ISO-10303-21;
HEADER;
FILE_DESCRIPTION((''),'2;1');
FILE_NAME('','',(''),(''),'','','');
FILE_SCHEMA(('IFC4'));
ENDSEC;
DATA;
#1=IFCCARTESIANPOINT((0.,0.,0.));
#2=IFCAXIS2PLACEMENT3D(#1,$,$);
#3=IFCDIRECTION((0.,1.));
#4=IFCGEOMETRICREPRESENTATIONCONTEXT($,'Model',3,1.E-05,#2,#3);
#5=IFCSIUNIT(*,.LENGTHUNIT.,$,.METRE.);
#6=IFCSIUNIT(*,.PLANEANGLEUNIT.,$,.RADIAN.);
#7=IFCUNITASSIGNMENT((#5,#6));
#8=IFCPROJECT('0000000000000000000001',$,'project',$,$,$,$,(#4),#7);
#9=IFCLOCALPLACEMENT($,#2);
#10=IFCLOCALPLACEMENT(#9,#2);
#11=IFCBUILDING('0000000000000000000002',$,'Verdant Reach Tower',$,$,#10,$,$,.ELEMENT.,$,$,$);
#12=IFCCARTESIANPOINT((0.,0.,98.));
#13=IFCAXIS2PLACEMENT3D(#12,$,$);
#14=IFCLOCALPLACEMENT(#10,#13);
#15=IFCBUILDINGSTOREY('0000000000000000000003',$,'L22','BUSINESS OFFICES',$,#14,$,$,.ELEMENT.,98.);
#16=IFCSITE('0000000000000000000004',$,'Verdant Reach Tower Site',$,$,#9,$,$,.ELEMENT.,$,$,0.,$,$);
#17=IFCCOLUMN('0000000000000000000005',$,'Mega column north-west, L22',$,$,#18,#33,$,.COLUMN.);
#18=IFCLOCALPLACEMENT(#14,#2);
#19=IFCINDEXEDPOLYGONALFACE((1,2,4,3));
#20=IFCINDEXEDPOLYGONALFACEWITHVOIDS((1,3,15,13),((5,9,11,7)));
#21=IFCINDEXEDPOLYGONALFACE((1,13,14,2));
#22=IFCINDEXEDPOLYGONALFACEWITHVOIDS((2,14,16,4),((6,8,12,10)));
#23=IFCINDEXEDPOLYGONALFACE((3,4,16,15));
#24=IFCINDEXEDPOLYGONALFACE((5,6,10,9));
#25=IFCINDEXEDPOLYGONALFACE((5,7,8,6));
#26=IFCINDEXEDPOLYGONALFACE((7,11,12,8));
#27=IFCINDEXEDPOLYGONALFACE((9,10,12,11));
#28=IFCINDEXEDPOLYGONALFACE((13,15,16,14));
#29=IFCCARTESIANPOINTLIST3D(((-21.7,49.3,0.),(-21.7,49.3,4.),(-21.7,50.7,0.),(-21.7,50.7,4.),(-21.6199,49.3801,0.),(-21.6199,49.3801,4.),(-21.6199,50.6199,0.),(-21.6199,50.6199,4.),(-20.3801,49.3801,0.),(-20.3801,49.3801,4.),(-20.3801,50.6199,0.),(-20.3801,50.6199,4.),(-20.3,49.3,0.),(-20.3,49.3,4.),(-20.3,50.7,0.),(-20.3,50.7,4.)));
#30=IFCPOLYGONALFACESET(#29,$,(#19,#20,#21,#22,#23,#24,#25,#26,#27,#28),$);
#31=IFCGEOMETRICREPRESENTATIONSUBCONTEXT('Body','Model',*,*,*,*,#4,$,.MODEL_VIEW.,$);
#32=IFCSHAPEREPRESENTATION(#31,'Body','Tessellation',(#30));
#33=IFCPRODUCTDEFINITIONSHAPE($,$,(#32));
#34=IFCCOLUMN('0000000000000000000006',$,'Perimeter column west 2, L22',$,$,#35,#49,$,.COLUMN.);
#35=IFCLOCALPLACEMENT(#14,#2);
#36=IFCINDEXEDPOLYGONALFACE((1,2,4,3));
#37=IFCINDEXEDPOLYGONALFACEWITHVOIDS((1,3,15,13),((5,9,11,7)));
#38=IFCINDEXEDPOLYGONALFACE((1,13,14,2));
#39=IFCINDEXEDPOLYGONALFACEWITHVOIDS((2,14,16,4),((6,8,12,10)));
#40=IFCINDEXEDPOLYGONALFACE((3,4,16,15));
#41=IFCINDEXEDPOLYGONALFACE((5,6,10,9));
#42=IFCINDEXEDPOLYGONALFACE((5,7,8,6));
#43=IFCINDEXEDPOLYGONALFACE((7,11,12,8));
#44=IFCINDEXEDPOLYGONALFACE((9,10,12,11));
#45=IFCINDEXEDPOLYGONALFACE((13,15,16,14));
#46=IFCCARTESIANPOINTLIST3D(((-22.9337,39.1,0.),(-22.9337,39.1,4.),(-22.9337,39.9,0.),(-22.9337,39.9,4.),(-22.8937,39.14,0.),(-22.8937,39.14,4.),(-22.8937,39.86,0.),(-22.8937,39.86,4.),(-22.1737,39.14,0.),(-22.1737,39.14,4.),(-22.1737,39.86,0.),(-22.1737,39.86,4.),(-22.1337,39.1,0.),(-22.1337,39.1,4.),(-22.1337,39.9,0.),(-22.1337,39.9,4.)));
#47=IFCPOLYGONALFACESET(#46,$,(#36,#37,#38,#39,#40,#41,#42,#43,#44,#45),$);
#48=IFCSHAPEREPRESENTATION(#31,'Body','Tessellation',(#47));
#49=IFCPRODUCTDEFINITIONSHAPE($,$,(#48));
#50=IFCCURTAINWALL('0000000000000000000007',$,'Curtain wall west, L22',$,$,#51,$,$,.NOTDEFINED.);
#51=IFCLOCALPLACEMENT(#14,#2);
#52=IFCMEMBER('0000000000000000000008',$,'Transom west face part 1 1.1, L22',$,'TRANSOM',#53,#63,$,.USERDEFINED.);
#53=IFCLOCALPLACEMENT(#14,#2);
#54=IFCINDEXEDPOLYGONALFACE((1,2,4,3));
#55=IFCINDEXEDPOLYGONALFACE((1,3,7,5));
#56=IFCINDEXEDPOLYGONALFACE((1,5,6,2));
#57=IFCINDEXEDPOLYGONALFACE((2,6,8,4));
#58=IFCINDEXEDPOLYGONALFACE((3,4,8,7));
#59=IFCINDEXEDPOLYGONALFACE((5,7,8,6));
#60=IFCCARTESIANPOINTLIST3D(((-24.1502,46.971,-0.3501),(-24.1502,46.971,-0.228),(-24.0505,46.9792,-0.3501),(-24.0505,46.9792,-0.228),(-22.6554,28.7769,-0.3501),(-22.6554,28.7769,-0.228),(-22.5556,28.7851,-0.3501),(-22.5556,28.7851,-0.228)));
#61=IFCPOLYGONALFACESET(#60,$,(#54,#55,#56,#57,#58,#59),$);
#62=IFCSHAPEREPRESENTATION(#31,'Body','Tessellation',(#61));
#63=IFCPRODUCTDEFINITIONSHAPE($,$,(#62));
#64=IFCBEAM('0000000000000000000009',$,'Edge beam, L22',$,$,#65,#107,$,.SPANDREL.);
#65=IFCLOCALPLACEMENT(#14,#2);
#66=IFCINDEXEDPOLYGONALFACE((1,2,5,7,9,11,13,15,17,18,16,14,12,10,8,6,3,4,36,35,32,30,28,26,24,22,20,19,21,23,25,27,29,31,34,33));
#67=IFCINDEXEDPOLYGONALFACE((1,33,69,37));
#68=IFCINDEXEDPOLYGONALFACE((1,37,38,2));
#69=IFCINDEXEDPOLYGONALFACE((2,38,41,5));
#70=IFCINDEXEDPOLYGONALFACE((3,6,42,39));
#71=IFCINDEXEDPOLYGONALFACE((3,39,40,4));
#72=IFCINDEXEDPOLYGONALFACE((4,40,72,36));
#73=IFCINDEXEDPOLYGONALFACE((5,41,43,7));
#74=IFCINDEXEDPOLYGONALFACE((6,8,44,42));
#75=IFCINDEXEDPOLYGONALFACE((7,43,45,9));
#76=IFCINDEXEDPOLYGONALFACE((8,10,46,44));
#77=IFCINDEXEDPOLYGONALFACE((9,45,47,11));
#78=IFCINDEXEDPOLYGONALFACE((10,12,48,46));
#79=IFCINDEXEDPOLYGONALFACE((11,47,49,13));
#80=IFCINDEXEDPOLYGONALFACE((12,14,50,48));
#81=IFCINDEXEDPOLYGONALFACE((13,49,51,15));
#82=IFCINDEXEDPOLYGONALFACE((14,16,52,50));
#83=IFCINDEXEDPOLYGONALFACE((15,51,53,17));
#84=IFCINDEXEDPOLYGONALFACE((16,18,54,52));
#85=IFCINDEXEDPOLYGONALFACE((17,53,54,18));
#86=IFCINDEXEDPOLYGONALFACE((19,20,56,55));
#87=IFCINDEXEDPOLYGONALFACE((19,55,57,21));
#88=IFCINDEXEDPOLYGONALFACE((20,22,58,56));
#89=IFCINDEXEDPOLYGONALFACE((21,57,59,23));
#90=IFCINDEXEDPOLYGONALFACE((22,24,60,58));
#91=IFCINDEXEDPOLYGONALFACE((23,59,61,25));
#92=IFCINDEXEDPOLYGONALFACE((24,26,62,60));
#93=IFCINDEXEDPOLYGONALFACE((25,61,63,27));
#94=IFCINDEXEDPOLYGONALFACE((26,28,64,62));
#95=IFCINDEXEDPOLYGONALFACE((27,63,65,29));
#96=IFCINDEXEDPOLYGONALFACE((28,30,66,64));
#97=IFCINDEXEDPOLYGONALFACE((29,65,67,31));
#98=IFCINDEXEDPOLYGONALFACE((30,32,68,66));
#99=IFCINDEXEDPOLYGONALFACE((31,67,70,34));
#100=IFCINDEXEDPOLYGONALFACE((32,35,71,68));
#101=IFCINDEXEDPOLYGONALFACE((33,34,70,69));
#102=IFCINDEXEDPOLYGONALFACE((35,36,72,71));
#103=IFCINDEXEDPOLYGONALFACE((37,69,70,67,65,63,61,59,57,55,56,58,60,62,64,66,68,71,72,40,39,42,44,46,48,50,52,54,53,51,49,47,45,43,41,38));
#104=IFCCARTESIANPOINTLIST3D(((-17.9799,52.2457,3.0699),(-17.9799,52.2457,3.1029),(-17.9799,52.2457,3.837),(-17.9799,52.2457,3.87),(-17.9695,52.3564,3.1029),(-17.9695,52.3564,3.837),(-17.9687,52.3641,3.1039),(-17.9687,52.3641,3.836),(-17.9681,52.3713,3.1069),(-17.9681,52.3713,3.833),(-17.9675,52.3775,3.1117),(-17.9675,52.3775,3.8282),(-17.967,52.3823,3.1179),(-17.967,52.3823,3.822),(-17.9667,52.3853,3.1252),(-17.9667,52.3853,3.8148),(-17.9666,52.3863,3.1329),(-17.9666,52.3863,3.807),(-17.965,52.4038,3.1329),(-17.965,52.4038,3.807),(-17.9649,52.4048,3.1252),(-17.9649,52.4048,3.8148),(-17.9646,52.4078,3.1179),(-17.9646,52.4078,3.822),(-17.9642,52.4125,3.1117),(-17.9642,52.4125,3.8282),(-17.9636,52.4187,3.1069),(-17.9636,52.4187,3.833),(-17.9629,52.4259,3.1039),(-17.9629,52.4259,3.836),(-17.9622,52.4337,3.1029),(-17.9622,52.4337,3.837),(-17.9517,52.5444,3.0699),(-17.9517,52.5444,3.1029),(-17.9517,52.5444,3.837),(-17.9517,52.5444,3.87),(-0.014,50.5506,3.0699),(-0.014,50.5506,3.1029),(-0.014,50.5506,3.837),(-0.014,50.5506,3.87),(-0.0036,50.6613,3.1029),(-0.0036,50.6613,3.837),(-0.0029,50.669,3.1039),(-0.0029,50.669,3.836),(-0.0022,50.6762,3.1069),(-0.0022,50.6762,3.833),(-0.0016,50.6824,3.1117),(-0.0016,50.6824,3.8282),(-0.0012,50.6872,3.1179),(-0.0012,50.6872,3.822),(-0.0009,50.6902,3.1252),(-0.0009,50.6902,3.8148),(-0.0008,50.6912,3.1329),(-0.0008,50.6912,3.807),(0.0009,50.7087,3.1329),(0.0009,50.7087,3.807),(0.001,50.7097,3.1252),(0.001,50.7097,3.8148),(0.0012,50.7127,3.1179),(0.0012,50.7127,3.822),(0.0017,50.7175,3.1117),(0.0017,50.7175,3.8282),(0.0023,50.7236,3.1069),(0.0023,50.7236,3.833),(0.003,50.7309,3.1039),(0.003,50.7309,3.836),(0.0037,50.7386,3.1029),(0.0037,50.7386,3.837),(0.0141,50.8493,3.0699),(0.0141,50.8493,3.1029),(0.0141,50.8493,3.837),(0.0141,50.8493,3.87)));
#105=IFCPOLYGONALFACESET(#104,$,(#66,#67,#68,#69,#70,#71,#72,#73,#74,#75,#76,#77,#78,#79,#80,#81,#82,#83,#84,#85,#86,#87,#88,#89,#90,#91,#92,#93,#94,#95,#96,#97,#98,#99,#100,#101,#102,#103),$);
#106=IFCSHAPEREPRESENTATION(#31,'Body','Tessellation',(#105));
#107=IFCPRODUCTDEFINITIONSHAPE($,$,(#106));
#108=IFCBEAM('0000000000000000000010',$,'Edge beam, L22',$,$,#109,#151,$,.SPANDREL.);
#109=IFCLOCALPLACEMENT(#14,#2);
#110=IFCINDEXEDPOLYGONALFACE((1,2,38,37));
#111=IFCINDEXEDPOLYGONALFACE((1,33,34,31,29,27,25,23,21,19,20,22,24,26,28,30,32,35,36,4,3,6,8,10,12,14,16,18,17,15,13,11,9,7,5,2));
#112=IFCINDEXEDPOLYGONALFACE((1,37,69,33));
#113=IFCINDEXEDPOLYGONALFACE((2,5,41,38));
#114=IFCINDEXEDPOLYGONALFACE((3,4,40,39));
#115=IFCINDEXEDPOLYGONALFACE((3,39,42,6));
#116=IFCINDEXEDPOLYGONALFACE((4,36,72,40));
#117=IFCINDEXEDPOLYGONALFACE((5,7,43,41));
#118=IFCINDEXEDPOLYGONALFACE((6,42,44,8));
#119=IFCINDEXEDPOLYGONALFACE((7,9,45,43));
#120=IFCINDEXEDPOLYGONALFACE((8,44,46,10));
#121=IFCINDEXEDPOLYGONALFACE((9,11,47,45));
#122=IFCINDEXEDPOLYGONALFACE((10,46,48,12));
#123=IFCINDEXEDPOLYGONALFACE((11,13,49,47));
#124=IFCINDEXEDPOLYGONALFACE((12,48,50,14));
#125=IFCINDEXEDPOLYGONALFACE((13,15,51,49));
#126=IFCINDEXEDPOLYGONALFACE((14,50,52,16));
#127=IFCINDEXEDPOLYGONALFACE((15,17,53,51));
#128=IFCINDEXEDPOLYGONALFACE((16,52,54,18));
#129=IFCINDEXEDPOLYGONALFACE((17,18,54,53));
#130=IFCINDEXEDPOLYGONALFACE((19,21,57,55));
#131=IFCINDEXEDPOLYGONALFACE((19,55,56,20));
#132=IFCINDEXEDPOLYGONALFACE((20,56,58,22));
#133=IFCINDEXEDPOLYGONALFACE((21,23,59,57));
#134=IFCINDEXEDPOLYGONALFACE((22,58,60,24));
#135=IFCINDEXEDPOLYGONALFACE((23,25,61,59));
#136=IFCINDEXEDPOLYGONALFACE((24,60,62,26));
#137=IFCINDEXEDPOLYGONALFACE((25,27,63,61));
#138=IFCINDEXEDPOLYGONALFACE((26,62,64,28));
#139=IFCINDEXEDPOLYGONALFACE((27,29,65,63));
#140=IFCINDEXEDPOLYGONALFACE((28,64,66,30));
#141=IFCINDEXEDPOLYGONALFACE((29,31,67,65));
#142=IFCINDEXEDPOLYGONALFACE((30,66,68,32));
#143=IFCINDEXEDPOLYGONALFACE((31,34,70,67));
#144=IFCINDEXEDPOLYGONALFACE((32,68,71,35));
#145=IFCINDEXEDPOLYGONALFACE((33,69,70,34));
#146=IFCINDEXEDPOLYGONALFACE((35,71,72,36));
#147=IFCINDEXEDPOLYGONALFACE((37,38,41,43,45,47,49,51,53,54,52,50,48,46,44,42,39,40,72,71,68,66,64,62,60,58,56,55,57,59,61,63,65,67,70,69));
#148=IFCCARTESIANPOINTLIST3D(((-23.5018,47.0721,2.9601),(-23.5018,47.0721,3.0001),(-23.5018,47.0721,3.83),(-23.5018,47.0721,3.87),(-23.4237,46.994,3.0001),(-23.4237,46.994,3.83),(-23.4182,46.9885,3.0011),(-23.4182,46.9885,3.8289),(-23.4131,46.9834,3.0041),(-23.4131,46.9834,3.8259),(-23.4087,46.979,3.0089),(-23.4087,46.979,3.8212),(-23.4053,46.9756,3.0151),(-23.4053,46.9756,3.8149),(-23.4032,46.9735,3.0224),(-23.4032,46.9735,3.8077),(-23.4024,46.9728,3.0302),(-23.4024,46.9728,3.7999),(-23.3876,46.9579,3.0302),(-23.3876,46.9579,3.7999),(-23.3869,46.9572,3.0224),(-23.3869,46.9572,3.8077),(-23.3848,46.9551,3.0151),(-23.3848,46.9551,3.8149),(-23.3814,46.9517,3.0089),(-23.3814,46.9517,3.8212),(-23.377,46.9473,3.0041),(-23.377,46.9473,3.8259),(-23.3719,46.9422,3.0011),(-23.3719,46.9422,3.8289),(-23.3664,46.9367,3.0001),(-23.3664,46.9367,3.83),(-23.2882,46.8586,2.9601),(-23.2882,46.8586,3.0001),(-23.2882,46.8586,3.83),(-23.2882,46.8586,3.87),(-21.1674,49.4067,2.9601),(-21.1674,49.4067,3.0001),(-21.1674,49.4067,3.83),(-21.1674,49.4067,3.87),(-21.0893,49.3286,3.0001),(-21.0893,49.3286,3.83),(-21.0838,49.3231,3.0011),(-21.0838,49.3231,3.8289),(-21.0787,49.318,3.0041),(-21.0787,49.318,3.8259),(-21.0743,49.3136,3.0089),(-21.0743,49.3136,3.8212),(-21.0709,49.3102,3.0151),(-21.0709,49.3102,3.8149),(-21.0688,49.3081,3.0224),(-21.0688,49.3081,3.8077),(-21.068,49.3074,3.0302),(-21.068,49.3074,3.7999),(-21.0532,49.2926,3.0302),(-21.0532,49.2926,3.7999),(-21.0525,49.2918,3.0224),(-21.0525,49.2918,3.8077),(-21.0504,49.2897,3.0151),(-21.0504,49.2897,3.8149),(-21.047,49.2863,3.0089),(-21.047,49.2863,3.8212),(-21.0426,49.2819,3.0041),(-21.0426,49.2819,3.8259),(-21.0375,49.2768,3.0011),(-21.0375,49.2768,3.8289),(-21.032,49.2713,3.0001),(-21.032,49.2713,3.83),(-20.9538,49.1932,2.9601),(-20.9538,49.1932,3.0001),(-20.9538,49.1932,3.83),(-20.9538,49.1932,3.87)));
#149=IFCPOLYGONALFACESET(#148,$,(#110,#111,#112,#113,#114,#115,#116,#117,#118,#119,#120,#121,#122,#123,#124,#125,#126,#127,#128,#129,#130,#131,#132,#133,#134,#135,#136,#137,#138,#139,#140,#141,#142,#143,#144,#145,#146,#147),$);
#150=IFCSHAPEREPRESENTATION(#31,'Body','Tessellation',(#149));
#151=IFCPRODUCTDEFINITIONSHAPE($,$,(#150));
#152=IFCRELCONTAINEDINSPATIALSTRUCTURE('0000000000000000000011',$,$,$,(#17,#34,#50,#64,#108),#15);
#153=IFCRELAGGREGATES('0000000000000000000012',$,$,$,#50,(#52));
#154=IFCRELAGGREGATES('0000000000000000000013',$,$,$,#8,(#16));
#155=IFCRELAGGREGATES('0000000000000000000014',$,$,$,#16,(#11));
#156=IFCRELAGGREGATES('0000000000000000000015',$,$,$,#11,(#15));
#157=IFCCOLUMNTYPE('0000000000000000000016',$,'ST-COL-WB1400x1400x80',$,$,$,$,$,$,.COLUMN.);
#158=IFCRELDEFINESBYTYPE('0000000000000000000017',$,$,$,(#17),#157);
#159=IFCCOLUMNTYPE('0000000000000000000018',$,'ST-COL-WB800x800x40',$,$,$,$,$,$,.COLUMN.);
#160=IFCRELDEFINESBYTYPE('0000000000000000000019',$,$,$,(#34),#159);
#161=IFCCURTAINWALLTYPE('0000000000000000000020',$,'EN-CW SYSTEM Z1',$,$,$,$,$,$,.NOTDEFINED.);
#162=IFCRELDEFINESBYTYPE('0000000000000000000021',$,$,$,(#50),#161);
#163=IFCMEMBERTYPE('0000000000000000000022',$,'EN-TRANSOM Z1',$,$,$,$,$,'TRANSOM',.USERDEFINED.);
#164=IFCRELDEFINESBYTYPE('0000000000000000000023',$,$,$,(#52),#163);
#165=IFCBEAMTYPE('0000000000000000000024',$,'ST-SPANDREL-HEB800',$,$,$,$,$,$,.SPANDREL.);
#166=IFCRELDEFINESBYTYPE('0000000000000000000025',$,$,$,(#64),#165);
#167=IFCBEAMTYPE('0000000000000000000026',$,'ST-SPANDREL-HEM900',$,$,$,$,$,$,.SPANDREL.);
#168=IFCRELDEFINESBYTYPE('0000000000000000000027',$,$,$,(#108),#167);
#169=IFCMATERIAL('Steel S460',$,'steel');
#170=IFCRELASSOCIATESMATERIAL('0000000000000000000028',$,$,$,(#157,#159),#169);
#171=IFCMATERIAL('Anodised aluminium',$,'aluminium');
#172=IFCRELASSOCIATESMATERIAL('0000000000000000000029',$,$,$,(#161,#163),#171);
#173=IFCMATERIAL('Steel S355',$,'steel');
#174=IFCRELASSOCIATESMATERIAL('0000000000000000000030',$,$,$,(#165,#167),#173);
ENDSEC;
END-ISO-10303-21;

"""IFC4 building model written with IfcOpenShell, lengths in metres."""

from ifc_helpers import new_model, si_unit, direction, frame, origin, origin_2d, place, context, subcontext, project, spatial, rectangle, hollow_rectangle, i_section, extrude, material, material_profile, profile_set, type_object, element, aggregate, save


model = new_model("IFC4")

# Units and contexts
model_context = context("Model", 3, precision=1e-05, world=origin(), true_north=direction((0.0, 1.0)))
body_context = subcontext(model_context, "Body", "Model", "MODEL_VIEW")
ifc_project = project(units=[si_unit("LENGTHUNIT", "METRE"), si_unit("PLANEANGLEUNIT", "RADIAN")], contexts=[model_context])

# Site, building, storey
site_placement = place(None, origin())
site = spatial("IfcSite", under=ifc_project, at=site_placement, Name="Verdant Reach Tower Site", CompositionType="ELEMENT", RefElevation=0.0)
building_placement = place(site_placement, origin())
building = spatial("IfcBuilding", under=site, at=building_placement, Name="Verdant Reach Tower", CompositionType="ELEMENT")
storey_placement = place(building_placement, frame((0.0, 0.0, 98.0)))
storey = spatial("IfcBuildingStorey", under=building, at=storey_placement, Name="L22", Description="BUSINESS OFFICES", CompositionType="ELEMENT", Elevation=98.0)

# Columns
ifc_material_1 = material(Name="Steel S460", Category="steel")
ifc_material_profile_1 = material_profile(ifc_material_1, hollow_rectangle(XDim=1.3999, YDim=1.3999, WallThickness=0.0801, at=origin_2d()), Name="WB 1400x1400x80")
ifc_profile_set_1 = profile_set([ifc_material_profile_1], Name="Steel S460")
column_type_1 = type_object("IfcColumnType", Name="ST-COL-WB1400x1400x80", PredefinedType="COLUMN", material=ifc_profile_set_1)
column_1_placement = place(storey_placement, frame((-21.0, 50.0, 0.0), z_axis=(0.0, 0.0, 1.0), x_axis=(1.0, 0.0, 0.0)))
element("IfcColumn", 1, at=column_1_placement, inside=storey, type_object=column_type_1, Name="Mega column north-west, L22", PredefinedType="COLUMN", context=body_context, shape_type="SweptSolid", body=[
    extrude(hollow_rectangle(XDim=1.3999, YDim=1.3999, WallThickness=0.0801, at=origin_2d()), origin(), (0.0, 0.0, 1.0), 4.0),
])
ifc_material_profile_2 = material_profile(ifc_material_1, hollow_rectangle(XDim=0.8, YDim=0.8, WallThickness=0.04, at=origin_2d()), Name="WB 800x800x40")
ifc_profile_set_2 = profile_set([ifc_material_profile_2], Name="Steel S460")
column_type_2 = type_object("IfcColumnType", Name="ST-COL-WB800x800x40", PredefinedType="COLUMN", material=ifc_profile_set_2)
column_2_placement = place(storey_placement, frame((-22.5337, 39.5, 0.0), z_axis=(0.0, 0.0, 1.0), x_axis=(1.0, 0.0, 0.0)))
element("IfcColumn", 2, at=column_2_placement, inside=storey, type_object=column_type_2, Name="Perimeter column west 2, L22", PredefinedType="COLUMN", context=body_context, shape_type="SweptSolid", body=[
    extrude(hollow_rectangle(XDim=0.8, YDim=0.8, WallThickness=0.04, at=origin_2d()), origin(), (0.0, 0.0, 1.0), 4.0),
])

# Curtain wall, member
ifc_material_2 = material(Name="Anodised aluminium", Category="aluminium")
curtain_wall_type = type_object("IfcCurtainWallType", Name="EN-CW SYSTEM Z1", PredefinedType="NOTDEFINED", material=ifc_material_2)
curtain_wall_1_placement = place(storey_placement, origin())
curtain_wall_1 = element("IfcCurtainWall", 3, at=curtain_wall_1_placement, inside=storey, type_object=curtain_wall_type, Name="Curtain wall west, L22", PredefinedType="NOTDEFINED")
ifc_material_profile_3 = material_profile(ifc_material_2, rectangle(XDim=0.1001, YDim=0.1221, at=origin_2d()), Name="Transom 122x100")
ifc_profile_set_3 = profile_set([ifc_material_profile_3], Name="Anodised aluminium")
member_type = type_object("IfcMemberType", Name="EN-TRANSOM Z1", ElementType="TRANSOM", PredefinedType="USERDEFINED", material=ifc_profile_set_3)
member_placement = place(storey_placement, frame((-24.1003, 46.9751, -0.2891), z_axis=(0.081887, -0.996642, 0.0), x_axis=(0.996642, 0.081887, 0.0)))
member = element("IfcMember", 4, at=member_placement, type_object=member_type, Name="Transom west face part 1 1.1, L22", ObjectType="TRANSOM", PredefinedType="USERDEFINED", context=body_context, shape_type="SweptSolid", body=[
    extrude(rectangle(XDim=0.1001, YDim=0.1221, at=origin_2d()), origin(), (0.0, 0.0, 1.0), 18.2554),
])

# Beams
ifc_material_3 = material(Name="Steel S355", Category="steel")
ifc_material_profile_4 = material_profile(ifc_material_3, i_section(OverallWidth=0.3, OverallDepth=0.8, WebThickness=0.0176, FlangeThickness=0.033, FilletRadius=0.03, at=origin_2d()), Name="HEB 800")
ifc_profile_set_4 = profile_set([ifc_material_profile_4], Name="Steel S355")
beam_type_1 = type_object("IfcBeamType", Name="ST-SPANDREL-HEB800", PredefinedType="SPANDREL", material=ifc_profile_set_4)
beam_1_placement = place(storey_placement, frame((-17.9658, 52.395, 3.47), z_axis=(0.995579, -0.093932, 0.0), x_axis=(0.093932, 0.995579, 0.0)))
element("IfcBeam", 5, at=beam_1_placement, inside=storey, type_object=beam_type_1, Name="Edge beam, L22", PredefinedType="SPANDREL", context=body_context, shape_type="SweptSolid", body=[
    extrude(i_section(OverallWidth=0.3, OverallDepth=0.8, WebThickness=0.0176, FlangeThickness=0.033, FilletRadius=0.03, at=origin_2d()), origin(), (0.0, 0.0, 1.0), 18.0457),
])
ifc_material_profile_5 = material_profile(ifc_material_3, i_section(OverallWidth=0.302, OverallDepth=0.9099, WebThickness=0.021, FlangeThickness=0.04, FilletRadius=0.03, at=origin_2d()), Name="HEM 900")
ifc_profile_set_5 = profile_set([ifc_material_profile_5], Name="Steel S355")
beam_type_2 = type_object("IfcBeamType", Name="ST-SPANDREL-HEM900", PredefinedType="SPANDREL", material=ifc_profile_set_5)
beam_2_placement = place(storey_placement, frame((-23.395, 46.9653, 3.415), z_axis=(0.70707, 0.707144, 0.0), x_axis=(-0.707144, 0.70707, 0.0)))
element("IfcBeam", 6, at=beam_2_placement, inside=storey, type_object=beam_type_2, Name="Edge beam, L22", PredefinedType="SPANDREL", context=body_context, shape_type="SweptSolid", body=[
    extrude(i_section(OverallWidth=0.302, OverallDepth=0.9099, WebThickness=0.021, FlangeThickness=0.04, FilletRadius=0.03, at=origin_2d()), origin(), (0.0, 0.0, 1.0), 3.3015),
])

aggregate(curtain_wall_1, [member])

save(model, "model.ifc")
